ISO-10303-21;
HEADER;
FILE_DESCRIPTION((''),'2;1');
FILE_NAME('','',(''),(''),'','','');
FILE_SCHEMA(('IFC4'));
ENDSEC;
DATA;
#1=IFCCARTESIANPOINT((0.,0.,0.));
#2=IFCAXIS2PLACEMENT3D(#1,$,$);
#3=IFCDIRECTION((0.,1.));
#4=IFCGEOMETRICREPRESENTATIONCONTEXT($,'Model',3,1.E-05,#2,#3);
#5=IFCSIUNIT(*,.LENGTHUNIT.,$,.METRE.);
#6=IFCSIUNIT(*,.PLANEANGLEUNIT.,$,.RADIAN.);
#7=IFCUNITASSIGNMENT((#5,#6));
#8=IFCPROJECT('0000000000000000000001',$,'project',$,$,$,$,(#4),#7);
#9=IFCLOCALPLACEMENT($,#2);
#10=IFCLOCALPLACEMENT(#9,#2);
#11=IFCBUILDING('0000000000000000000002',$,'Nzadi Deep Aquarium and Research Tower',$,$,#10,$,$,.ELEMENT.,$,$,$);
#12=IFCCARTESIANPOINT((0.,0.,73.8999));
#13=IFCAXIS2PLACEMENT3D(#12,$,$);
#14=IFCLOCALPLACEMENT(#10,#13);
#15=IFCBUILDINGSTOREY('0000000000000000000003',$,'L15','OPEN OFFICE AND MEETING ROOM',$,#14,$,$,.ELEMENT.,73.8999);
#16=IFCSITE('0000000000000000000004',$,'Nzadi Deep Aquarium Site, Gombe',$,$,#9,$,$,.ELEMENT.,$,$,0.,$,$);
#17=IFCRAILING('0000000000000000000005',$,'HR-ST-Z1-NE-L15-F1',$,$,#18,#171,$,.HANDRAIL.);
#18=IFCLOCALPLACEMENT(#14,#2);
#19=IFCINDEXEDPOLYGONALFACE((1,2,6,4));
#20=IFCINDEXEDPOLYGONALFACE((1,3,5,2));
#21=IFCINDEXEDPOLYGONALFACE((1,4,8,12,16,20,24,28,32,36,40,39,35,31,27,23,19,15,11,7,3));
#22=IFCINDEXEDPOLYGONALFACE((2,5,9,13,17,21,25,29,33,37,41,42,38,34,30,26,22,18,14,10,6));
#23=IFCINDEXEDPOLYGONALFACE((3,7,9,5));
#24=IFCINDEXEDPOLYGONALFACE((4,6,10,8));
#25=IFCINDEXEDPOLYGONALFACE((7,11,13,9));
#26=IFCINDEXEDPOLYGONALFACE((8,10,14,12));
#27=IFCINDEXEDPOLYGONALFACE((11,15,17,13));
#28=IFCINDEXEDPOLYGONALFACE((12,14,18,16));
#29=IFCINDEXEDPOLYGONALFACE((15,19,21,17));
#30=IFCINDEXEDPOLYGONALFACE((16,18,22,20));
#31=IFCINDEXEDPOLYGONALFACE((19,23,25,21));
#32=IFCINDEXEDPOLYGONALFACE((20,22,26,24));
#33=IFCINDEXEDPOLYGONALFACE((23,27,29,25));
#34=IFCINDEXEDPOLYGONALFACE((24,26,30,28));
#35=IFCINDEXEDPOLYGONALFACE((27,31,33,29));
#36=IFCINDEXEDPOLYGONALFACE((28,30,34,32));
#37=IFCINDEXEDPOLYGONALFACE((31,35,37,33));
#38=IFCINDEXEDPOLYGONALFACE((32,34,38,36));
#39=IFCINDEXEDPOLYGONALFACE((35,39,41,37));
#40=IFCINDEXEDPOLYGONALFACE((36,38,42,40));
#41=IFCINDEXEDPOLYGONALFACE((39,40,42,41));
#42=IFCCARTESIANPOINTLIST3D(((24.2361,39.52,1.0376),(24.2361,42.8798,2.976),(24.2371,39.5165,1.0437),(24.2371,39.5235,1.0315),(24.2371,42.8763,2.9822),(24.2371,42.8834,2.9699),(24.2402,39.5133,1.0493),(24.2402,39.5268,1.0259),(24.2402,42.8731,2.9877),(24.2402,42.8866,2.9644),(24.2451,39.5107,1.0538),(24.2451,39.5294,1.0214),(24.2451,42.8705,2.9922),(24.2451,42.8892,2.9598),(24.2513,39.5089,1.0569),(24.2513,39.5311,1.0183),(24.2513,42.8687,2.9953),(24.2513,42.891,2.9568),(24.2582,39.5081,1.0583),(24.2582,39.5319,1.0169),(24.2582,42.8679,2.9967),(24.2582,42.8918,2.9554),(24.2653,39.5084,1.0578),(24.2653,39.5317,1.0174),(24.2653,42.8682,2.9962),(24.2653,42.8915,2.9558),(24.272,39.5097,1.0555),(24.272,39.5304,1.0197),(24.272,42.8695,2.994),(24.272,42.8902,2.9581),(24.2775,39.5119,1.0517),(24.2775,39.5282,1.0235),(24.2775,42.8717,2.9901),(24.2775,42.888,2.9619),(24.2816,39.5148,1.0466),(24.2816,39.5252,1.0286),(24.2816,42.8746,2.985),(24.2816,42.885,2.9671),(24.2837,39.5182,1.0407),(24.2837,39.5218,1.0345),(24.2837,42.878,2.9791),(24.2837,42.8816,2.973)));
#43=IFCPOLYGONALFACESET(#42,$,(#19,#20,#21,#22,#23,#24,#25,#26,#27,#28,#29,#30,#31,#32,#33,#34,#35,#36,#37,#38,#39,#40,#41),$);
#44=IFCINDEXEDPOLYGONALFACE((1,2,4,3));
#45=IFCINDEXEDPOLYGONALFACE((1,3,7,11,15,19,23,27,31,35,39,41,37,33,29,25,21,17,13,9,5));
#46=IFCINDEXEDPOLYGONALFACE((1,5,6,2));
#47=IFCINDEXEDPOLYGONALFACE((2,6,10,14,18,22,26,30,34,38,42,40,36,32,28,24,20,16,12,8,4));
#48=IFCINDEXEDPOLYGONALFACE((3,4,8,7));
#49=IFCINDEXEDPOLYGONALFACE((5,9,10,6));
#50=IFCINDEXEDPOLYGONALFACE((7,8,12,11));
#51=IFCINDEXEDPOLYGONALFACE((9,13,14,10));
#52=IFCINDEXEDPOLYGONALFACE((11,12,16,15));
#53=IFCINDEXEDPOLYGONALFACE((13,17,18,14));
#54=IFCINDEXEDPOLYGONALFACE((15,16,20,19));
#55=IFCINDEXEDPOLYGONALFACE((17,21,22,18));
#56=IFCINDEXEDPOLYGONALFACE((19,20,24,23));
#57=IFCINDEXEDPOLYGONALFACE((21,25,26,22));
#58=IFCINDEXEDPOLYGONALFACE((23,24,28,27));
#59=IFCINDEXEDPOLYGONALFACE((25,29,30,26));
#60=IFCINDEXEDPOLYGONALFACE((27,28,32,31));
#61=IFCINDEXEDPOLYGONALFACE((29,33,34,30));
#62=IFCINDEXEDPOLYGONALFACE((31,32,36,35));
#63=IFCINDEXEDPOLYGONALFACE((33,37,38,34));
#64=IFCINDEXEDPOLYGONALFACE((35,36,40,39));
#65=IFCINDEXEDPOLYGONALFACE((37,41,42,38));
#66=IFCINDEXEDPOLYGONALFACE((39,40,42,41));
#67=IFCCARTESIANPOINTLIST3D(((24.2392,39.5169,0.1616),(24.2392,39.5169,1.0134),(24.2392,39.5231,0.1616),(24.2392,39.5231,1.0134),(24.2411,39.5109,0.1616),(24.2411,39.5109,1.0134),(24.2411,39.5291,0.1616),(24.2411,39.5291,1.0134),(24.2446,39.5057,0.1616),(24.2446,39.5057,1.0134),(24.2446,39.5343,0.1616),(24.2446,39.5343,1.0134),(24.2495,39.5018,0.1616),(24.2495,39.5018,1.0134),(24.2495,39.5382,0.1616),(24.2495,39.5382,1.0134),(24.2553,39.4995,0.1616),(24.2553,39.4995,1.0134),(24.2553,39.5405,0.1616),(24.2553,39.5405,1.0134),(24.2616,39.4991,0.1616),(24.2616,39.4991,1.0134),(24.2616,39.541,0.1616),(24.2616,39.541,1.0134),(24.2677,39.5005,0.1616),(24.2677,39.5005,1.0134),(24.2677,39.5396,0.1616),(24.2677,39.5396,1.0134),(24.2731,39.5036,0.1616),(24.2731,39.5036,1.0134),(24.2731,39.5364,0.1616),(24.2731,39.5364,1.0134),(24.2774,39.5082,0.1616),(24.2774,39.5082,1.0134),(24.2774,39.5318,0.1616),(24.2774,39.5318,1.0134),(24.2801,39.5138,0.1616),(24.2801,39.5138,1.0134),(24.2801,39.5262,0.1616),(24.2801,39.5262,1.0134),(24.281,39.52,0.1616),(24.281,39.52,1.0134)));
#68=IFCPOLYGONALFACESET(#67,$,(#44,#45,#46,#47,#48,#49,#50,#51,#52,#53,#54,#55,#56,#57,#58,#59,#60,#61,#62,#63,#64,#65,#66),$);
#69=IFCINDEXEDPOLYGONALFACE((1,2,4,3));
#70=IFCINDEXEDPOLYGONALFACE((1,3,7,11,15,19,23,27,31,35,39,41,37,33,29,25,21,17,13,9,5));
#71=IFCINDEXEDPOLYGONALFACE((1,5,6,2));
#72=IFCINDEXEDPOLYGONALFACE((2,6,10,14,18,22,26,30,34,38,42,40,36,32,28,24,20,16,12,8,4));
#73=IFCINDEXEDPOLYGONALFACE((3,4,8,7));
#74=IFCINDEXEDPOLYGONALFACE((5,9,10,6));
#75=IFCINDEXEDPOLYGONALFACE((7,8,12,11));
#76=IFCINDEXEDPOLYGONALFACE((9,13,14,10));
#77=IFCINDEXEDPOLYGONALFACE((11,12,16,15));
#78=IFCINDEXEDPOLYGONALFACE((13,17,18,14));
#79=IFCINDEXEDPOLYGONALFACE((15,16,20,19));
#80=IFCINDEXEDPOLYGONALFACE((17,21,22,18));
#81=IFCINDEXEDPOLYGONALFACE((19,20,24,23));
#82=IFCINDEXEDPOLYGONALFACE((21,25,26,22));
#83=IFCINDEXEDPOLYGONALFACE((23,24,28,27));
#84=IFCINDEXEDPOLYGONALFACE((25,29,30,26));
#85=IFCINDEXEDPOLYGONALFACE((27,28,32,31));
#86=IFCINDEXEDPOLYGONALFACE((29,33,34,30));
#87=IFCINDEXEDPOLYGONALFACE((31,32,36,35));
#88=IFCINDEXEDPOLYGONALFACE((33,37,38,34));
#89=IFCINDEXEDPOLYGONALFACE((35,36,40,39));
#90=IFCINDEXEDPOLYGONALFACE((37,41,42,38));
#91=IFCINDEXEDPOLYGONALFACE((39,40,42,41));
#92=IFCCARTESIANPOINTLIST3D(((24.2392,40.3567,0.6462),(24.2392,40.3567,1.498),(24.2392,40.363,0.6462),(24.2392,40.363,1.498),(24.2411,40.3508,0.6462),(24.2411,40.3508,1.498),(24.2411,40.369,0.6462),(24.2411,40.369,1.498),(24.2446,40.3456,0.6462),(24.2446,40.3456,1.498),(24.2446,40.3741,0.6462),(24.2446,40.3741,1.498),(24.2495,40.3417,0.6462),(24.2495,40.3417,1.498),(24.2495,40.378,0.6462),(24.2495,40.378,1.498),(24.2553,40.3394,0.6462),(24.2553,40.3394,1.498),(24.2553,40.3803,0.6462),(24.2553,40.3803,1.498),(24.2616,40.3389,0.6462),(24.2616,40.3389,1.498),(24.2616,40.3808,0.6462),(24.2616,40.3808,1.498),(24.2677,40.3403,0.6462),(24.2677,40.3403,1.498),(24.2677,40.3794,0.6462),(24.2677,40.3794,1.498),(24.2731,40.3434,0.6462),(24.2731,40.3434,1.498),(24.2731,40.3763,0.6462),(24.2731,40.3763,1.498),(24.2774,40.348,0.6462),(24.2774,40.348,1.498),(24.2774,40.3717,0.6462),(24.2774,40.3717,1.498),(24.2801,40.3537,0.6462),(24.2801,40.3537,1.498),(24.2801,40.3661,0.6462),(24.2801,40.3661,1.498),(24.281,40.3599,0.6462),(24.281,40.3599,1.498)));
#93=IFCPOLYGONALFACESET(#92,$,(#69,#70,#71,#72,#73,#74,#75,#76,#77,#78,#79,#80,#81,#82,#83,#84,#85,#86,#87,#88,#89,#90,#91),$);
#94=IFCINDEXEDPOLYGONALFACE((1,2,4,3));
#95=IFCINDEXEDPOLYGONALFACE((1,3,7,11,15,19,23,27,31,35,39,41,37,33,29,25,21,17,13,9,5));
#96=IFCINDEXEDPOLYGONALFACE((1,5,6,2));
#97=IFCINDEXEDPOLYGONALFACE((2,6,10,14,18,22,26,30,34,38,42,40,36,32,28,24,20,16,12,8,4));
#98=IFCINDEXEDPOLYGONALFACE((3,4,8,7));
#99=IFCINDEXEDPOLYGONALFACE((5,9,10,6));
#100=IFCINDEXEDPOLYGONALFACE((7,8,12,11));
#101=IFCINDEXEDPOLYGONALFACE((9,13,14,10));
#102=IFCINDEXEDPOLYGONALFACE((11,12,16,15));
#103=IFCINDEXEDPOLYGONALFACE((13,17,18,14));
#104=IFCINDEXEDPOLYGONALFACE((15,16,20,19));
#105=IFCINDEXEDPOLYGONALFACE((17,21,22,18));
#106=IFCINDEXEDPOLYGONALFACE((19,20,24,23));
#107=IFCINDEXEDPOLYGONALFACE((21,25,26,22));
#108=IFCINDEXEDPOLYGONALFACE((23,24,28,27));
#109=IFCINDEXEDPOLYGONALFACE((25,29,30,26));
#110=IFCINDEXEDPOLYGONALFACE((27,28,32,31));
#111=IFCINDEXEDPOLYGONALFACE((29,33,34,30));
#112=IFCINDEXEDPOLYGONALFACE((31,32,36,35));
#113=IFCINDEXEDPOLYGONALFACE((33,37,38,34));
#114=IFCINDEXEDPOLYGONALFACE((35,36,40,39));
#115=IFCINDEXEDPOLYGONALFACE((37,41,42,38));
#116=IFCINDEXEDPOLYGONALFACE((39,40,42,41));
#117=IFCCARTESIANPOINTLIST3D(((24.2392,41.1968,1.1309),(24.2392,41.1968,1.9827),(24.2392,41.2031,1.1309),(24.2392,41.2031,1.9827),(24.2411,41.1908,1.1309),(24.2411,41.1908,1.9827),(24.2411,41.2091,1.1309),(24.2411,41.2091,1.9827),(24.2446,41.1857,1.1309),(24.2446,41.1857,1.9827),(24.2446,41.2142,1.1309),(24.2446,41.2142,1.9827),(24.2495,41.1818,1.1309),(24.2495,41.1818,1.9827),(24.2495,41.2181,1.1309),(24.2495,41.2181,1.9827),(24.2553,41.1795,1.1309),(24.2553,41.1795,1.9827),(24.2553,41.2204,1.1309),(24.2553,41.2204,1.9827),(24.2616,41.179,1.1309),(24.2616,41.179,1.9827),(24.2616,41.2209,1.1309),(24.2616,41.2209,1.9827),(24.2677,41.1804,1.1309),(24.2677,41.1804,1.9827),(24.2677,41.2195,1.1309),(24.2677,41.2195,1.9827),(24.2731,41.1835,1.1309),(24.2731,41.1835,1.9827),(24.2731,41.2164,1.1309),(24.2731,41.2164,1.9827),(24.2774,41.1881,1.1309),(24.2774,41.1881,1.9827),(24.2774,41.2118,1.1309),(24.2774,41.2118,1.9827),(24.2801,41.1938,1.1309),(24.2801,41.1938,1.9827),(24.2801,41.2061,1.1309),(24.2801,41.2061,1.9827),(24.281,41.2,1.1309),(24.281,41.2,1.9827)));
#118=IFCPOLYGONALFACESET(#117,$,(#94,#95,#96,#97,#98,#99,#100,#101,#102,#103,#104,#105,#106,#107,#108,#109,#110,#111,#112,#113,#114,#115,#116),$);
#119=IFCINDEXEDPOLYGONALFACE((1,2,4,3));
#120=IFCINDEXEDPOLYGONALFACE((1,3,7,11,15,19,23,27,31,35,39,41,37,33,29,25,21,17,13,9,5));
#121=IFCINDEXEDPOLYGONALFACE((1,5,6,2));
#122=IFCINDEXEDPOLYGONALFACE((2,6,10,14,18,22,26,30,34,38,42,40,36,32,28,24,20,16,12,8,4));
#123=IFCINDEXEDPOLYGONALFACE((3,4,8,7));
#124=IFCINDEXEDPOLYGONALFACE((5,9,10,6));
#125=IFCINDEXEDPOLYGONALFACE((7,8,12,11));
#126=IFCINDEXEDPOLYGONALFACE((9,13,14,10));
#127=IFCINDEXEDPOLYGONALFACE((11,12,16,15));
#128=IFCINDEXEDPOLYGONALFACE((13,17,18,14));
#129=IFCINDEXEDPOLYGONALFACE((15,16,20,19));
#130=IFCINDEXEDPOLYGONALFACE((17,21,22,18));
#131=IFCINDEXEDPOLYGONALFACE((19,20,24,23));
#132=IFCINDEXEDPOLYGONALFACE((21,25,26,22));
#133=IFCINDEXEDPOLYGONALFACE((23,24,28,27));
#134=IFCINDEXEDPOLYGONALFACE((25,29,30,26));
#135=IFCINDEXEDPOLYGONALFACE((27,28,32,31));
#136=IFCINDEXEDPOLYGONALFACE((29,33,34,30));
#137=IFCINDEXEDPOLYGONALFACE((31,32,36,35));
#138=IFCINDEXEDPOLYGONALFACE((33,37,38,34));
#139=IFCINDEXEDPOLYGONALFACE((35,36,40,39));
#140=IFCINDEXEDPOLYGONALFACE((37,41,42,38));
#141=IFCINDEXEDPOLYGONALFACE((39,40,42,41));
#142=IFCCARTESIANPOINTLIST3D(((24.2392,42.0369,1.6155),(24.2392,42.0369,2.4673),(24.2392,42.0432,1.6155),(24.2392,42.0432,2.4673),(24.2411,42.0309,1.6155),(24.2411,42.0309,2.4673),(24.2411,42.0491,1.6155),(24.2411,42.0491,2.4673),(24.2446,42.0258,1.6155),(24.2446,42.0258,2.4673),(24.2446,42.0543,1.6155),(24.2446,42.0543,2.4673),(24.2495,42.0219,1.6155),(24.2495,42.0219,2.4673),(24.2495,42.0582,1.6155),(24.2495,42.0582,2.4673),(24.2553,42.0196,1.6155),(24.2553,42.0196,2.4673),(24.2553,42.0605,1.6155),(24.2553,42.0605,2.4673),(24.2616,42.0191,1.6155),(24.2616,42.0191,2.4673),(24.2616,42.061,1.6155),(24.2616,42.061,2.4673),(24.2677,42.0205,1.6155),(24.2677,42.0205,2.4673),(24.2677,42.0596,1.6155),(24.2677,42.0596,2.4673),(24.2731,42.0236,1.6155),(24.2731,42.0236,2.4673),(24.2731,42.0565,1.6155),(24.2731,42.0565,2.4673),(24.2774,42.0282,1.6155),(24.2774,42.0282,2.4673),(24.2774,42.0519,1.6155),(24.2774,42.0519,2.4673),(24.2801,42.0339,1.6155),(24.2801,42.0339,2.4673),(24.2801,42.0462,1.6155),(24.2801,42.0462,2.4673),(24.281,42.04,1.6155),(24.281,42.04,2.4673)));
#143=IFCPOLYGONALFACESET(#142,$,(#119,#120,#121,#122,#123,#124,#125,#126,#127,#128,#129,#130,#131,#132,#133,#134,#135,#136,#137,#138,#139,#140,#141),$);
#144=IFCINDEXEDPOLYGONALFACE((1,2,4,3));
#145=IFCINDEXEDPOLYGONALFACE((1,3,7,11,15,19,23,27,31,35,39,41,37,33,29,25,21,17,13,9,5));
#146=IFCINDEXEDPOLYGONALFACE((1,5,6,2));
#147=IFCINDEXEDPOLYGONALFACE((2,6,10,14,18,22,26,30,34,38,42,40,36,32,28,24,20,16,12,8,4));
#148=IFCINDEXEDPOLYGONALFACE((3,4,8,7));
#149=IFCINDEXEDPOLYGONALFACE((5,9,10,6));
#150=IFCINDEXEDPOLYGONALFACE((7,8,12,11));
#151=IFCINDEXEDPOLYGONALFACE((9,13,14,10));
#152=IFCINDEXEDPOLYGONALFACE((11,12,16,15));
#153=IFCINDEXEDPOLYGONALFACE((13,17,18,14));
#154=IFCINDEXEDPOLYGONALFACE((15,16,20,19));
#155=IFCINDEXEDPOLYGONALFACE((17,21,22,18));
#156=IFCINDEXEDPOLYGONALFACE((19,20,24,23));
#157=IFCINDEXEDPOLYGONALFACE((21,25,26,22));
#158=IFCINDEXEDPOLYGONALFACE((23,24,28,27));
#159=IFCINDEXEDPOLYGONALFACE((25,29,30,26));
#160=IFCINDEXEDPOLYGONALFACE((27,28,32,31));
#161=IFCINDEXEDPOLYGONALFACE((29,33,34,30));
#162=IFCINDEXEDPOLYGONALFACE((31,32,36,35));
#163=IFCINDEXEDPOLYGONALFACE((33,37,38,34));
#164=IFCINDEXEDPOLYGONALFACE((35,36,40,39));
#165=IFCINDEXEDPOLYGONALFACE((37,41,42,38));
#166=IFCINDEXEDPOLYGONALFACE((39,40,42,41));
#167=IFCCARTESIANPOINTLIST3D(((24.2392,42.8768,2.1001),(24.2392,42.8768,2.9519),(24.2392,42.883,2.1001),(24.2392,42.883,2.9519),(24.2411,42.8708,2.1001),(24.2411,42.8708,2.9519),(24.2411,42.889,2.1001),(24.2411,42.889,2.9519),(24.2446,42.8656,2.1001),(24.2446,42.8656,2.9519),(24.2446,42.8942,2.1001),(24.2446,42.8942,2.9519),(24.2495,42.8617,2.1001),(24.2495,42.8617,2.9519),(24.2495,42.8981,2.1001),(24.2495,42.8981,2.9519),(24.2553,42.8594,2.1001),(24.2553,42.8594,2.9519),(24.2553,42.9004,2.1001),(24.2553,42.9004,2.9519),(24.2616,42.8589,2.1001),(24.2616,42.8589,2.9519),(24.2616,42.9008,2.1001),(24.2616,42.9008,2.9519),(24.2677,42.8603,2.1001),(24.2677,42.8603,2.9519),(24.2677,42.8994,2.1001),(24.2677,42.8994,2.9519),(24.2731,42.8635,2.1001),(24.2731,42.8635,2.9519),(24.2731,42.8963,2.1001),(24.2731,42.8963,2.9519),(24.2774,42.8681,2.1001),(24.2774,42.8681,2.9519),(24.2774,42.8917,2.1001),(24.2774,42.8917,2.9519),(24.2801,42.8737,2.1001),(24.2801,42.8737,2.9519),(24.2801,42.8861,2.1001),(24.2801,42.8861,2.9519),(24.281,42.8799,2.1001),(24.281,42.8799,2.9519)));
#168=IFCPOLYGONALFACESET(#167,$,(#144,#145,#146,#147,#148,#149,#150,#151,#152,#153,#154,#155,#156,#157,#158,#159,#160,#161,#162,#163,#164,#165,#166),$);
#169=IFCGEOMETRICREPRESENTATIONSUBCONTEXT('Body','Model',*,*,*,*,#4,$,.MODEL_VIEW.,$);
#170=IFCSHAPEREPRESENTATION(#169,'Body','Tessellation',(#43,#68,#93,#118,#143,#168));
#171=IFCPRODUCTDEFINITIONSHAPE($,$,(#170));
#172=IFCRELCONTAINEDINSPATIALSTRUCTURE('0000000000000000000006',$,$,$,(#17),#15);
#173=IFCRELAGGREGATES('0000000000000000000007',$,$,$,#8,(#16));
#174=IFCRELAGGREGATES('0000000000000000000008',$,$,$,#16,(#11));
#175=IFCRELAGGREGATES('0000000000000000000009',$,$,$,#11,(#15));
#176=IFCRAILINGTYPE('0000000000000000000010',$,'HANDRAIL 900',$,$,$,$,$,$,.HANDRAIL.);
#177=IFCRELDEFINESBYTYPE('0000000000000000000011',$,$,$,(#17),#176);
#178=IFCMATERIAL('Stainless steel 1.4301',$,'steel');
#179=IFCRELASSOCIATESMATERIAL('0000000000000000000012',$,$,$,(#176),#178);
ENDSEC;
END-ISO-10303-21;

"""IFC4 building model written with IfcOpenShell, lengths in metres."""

from ifc_helpers import new_model, si_unit, direction, frame, origin, origin_2d, place, context, subcontext, project, spatial, circle, extrude, material, type_object, element, save


model = new_model("IFC4")

# Units and contexts
model_context = context("Model", 3, precision=1e-05, world=origin(), true_north=direction((0.0, 1.0)))
body_context = subcontext(model_context, "Body", "Model", "MODEL_VIEW")
ifc_project = project(units=[si_unit("LENGTHUNIT", "METRE"), si_unit("PLANEANGLEUNIT", "RADIAN")], contexts=[model_context])

# Site, building, storey
site_placement = place(None, origin())
site = spatial("IfcSite", under=ifc_project, at=site_placement, Name="Nzadi Deep Aquarium Site, Gombe", CompositionType="ELEMENT", RefElevation=0.0)
building_placement = place(site_placement, origin())
building = spatial("IfcBuilding", under=site, at=building_placement, Name="Nzadi Deep Aquarium and Research Tower", CompositionType="ELEMENT")
storey_placement = place(building_placement, frame((0.0, 0.0, 73.8999)))
storey = spatial("IfcBuildingStorey", under=building, at=storey_placement, Name="L15", Description="OPEN OFFICE AND MEETING ROOM", CompositionType="ELEMENT", Elevation=73.8999)

# Railing
ifc_material_1 = material(Name="Stainless steel 1.4301", Category="steel")
railing_type = type_object("IfcRailingType", Name="HANDRAIL 900", PredefinedType="HANDRAIL", material=ifc_material_1)
for number, where, name in (
    (1, (24.26, 39.52, 0.1616), "HR-ST-Z1-NE-L15-F1"),
):
    element("IfcRailing", number, at=place(storey_placement, frame(where)), inside=storey, type_object=railing_type, Name=name, PredefinedType="HANDRAIL", context=body_context, shape_type="SweptSolid", body=[
        extrude(circle(Radius=0.0239, at=origin_2d()), frame((0.0, 0.0, 0.876), z_axis=(0.0, 0.866175, 0.499741), x_axis=(-1.0, 0.0, 0.0)), (0.0, 0.0, 1.0), 3.8789),
        extrude(circle(Radius=0.021, at=origin_2d()), origin(), (0.0, 0.0, 1.0), 0.8518),
        extrude(circle(Radius=0.021, at=origin_2d()), frame((0.0, 0.8398, 0.4846)), (0.0, 0.0, 1.0), 0.8518),
        extrude(circle(Radius=0.021, at=origin_2d()), frame((0.0, 1.6799, 0.9692)), (0.0, 0.0, 1.0), 0.8518),
        extrude(circle(Radius=0.021, at=origin_2d()), frame((0.0, 2.52, 1.4539)), (0.0, 0.0, 1.0), 0.8518),
        extrude(circle(Radius=0.021, at=origin_2d()), frame((0.0, 3.3599, 1.9385)), (0.0, 0.0, 1.0), 0.8518),
    ])

save(model, "model.ifc")
